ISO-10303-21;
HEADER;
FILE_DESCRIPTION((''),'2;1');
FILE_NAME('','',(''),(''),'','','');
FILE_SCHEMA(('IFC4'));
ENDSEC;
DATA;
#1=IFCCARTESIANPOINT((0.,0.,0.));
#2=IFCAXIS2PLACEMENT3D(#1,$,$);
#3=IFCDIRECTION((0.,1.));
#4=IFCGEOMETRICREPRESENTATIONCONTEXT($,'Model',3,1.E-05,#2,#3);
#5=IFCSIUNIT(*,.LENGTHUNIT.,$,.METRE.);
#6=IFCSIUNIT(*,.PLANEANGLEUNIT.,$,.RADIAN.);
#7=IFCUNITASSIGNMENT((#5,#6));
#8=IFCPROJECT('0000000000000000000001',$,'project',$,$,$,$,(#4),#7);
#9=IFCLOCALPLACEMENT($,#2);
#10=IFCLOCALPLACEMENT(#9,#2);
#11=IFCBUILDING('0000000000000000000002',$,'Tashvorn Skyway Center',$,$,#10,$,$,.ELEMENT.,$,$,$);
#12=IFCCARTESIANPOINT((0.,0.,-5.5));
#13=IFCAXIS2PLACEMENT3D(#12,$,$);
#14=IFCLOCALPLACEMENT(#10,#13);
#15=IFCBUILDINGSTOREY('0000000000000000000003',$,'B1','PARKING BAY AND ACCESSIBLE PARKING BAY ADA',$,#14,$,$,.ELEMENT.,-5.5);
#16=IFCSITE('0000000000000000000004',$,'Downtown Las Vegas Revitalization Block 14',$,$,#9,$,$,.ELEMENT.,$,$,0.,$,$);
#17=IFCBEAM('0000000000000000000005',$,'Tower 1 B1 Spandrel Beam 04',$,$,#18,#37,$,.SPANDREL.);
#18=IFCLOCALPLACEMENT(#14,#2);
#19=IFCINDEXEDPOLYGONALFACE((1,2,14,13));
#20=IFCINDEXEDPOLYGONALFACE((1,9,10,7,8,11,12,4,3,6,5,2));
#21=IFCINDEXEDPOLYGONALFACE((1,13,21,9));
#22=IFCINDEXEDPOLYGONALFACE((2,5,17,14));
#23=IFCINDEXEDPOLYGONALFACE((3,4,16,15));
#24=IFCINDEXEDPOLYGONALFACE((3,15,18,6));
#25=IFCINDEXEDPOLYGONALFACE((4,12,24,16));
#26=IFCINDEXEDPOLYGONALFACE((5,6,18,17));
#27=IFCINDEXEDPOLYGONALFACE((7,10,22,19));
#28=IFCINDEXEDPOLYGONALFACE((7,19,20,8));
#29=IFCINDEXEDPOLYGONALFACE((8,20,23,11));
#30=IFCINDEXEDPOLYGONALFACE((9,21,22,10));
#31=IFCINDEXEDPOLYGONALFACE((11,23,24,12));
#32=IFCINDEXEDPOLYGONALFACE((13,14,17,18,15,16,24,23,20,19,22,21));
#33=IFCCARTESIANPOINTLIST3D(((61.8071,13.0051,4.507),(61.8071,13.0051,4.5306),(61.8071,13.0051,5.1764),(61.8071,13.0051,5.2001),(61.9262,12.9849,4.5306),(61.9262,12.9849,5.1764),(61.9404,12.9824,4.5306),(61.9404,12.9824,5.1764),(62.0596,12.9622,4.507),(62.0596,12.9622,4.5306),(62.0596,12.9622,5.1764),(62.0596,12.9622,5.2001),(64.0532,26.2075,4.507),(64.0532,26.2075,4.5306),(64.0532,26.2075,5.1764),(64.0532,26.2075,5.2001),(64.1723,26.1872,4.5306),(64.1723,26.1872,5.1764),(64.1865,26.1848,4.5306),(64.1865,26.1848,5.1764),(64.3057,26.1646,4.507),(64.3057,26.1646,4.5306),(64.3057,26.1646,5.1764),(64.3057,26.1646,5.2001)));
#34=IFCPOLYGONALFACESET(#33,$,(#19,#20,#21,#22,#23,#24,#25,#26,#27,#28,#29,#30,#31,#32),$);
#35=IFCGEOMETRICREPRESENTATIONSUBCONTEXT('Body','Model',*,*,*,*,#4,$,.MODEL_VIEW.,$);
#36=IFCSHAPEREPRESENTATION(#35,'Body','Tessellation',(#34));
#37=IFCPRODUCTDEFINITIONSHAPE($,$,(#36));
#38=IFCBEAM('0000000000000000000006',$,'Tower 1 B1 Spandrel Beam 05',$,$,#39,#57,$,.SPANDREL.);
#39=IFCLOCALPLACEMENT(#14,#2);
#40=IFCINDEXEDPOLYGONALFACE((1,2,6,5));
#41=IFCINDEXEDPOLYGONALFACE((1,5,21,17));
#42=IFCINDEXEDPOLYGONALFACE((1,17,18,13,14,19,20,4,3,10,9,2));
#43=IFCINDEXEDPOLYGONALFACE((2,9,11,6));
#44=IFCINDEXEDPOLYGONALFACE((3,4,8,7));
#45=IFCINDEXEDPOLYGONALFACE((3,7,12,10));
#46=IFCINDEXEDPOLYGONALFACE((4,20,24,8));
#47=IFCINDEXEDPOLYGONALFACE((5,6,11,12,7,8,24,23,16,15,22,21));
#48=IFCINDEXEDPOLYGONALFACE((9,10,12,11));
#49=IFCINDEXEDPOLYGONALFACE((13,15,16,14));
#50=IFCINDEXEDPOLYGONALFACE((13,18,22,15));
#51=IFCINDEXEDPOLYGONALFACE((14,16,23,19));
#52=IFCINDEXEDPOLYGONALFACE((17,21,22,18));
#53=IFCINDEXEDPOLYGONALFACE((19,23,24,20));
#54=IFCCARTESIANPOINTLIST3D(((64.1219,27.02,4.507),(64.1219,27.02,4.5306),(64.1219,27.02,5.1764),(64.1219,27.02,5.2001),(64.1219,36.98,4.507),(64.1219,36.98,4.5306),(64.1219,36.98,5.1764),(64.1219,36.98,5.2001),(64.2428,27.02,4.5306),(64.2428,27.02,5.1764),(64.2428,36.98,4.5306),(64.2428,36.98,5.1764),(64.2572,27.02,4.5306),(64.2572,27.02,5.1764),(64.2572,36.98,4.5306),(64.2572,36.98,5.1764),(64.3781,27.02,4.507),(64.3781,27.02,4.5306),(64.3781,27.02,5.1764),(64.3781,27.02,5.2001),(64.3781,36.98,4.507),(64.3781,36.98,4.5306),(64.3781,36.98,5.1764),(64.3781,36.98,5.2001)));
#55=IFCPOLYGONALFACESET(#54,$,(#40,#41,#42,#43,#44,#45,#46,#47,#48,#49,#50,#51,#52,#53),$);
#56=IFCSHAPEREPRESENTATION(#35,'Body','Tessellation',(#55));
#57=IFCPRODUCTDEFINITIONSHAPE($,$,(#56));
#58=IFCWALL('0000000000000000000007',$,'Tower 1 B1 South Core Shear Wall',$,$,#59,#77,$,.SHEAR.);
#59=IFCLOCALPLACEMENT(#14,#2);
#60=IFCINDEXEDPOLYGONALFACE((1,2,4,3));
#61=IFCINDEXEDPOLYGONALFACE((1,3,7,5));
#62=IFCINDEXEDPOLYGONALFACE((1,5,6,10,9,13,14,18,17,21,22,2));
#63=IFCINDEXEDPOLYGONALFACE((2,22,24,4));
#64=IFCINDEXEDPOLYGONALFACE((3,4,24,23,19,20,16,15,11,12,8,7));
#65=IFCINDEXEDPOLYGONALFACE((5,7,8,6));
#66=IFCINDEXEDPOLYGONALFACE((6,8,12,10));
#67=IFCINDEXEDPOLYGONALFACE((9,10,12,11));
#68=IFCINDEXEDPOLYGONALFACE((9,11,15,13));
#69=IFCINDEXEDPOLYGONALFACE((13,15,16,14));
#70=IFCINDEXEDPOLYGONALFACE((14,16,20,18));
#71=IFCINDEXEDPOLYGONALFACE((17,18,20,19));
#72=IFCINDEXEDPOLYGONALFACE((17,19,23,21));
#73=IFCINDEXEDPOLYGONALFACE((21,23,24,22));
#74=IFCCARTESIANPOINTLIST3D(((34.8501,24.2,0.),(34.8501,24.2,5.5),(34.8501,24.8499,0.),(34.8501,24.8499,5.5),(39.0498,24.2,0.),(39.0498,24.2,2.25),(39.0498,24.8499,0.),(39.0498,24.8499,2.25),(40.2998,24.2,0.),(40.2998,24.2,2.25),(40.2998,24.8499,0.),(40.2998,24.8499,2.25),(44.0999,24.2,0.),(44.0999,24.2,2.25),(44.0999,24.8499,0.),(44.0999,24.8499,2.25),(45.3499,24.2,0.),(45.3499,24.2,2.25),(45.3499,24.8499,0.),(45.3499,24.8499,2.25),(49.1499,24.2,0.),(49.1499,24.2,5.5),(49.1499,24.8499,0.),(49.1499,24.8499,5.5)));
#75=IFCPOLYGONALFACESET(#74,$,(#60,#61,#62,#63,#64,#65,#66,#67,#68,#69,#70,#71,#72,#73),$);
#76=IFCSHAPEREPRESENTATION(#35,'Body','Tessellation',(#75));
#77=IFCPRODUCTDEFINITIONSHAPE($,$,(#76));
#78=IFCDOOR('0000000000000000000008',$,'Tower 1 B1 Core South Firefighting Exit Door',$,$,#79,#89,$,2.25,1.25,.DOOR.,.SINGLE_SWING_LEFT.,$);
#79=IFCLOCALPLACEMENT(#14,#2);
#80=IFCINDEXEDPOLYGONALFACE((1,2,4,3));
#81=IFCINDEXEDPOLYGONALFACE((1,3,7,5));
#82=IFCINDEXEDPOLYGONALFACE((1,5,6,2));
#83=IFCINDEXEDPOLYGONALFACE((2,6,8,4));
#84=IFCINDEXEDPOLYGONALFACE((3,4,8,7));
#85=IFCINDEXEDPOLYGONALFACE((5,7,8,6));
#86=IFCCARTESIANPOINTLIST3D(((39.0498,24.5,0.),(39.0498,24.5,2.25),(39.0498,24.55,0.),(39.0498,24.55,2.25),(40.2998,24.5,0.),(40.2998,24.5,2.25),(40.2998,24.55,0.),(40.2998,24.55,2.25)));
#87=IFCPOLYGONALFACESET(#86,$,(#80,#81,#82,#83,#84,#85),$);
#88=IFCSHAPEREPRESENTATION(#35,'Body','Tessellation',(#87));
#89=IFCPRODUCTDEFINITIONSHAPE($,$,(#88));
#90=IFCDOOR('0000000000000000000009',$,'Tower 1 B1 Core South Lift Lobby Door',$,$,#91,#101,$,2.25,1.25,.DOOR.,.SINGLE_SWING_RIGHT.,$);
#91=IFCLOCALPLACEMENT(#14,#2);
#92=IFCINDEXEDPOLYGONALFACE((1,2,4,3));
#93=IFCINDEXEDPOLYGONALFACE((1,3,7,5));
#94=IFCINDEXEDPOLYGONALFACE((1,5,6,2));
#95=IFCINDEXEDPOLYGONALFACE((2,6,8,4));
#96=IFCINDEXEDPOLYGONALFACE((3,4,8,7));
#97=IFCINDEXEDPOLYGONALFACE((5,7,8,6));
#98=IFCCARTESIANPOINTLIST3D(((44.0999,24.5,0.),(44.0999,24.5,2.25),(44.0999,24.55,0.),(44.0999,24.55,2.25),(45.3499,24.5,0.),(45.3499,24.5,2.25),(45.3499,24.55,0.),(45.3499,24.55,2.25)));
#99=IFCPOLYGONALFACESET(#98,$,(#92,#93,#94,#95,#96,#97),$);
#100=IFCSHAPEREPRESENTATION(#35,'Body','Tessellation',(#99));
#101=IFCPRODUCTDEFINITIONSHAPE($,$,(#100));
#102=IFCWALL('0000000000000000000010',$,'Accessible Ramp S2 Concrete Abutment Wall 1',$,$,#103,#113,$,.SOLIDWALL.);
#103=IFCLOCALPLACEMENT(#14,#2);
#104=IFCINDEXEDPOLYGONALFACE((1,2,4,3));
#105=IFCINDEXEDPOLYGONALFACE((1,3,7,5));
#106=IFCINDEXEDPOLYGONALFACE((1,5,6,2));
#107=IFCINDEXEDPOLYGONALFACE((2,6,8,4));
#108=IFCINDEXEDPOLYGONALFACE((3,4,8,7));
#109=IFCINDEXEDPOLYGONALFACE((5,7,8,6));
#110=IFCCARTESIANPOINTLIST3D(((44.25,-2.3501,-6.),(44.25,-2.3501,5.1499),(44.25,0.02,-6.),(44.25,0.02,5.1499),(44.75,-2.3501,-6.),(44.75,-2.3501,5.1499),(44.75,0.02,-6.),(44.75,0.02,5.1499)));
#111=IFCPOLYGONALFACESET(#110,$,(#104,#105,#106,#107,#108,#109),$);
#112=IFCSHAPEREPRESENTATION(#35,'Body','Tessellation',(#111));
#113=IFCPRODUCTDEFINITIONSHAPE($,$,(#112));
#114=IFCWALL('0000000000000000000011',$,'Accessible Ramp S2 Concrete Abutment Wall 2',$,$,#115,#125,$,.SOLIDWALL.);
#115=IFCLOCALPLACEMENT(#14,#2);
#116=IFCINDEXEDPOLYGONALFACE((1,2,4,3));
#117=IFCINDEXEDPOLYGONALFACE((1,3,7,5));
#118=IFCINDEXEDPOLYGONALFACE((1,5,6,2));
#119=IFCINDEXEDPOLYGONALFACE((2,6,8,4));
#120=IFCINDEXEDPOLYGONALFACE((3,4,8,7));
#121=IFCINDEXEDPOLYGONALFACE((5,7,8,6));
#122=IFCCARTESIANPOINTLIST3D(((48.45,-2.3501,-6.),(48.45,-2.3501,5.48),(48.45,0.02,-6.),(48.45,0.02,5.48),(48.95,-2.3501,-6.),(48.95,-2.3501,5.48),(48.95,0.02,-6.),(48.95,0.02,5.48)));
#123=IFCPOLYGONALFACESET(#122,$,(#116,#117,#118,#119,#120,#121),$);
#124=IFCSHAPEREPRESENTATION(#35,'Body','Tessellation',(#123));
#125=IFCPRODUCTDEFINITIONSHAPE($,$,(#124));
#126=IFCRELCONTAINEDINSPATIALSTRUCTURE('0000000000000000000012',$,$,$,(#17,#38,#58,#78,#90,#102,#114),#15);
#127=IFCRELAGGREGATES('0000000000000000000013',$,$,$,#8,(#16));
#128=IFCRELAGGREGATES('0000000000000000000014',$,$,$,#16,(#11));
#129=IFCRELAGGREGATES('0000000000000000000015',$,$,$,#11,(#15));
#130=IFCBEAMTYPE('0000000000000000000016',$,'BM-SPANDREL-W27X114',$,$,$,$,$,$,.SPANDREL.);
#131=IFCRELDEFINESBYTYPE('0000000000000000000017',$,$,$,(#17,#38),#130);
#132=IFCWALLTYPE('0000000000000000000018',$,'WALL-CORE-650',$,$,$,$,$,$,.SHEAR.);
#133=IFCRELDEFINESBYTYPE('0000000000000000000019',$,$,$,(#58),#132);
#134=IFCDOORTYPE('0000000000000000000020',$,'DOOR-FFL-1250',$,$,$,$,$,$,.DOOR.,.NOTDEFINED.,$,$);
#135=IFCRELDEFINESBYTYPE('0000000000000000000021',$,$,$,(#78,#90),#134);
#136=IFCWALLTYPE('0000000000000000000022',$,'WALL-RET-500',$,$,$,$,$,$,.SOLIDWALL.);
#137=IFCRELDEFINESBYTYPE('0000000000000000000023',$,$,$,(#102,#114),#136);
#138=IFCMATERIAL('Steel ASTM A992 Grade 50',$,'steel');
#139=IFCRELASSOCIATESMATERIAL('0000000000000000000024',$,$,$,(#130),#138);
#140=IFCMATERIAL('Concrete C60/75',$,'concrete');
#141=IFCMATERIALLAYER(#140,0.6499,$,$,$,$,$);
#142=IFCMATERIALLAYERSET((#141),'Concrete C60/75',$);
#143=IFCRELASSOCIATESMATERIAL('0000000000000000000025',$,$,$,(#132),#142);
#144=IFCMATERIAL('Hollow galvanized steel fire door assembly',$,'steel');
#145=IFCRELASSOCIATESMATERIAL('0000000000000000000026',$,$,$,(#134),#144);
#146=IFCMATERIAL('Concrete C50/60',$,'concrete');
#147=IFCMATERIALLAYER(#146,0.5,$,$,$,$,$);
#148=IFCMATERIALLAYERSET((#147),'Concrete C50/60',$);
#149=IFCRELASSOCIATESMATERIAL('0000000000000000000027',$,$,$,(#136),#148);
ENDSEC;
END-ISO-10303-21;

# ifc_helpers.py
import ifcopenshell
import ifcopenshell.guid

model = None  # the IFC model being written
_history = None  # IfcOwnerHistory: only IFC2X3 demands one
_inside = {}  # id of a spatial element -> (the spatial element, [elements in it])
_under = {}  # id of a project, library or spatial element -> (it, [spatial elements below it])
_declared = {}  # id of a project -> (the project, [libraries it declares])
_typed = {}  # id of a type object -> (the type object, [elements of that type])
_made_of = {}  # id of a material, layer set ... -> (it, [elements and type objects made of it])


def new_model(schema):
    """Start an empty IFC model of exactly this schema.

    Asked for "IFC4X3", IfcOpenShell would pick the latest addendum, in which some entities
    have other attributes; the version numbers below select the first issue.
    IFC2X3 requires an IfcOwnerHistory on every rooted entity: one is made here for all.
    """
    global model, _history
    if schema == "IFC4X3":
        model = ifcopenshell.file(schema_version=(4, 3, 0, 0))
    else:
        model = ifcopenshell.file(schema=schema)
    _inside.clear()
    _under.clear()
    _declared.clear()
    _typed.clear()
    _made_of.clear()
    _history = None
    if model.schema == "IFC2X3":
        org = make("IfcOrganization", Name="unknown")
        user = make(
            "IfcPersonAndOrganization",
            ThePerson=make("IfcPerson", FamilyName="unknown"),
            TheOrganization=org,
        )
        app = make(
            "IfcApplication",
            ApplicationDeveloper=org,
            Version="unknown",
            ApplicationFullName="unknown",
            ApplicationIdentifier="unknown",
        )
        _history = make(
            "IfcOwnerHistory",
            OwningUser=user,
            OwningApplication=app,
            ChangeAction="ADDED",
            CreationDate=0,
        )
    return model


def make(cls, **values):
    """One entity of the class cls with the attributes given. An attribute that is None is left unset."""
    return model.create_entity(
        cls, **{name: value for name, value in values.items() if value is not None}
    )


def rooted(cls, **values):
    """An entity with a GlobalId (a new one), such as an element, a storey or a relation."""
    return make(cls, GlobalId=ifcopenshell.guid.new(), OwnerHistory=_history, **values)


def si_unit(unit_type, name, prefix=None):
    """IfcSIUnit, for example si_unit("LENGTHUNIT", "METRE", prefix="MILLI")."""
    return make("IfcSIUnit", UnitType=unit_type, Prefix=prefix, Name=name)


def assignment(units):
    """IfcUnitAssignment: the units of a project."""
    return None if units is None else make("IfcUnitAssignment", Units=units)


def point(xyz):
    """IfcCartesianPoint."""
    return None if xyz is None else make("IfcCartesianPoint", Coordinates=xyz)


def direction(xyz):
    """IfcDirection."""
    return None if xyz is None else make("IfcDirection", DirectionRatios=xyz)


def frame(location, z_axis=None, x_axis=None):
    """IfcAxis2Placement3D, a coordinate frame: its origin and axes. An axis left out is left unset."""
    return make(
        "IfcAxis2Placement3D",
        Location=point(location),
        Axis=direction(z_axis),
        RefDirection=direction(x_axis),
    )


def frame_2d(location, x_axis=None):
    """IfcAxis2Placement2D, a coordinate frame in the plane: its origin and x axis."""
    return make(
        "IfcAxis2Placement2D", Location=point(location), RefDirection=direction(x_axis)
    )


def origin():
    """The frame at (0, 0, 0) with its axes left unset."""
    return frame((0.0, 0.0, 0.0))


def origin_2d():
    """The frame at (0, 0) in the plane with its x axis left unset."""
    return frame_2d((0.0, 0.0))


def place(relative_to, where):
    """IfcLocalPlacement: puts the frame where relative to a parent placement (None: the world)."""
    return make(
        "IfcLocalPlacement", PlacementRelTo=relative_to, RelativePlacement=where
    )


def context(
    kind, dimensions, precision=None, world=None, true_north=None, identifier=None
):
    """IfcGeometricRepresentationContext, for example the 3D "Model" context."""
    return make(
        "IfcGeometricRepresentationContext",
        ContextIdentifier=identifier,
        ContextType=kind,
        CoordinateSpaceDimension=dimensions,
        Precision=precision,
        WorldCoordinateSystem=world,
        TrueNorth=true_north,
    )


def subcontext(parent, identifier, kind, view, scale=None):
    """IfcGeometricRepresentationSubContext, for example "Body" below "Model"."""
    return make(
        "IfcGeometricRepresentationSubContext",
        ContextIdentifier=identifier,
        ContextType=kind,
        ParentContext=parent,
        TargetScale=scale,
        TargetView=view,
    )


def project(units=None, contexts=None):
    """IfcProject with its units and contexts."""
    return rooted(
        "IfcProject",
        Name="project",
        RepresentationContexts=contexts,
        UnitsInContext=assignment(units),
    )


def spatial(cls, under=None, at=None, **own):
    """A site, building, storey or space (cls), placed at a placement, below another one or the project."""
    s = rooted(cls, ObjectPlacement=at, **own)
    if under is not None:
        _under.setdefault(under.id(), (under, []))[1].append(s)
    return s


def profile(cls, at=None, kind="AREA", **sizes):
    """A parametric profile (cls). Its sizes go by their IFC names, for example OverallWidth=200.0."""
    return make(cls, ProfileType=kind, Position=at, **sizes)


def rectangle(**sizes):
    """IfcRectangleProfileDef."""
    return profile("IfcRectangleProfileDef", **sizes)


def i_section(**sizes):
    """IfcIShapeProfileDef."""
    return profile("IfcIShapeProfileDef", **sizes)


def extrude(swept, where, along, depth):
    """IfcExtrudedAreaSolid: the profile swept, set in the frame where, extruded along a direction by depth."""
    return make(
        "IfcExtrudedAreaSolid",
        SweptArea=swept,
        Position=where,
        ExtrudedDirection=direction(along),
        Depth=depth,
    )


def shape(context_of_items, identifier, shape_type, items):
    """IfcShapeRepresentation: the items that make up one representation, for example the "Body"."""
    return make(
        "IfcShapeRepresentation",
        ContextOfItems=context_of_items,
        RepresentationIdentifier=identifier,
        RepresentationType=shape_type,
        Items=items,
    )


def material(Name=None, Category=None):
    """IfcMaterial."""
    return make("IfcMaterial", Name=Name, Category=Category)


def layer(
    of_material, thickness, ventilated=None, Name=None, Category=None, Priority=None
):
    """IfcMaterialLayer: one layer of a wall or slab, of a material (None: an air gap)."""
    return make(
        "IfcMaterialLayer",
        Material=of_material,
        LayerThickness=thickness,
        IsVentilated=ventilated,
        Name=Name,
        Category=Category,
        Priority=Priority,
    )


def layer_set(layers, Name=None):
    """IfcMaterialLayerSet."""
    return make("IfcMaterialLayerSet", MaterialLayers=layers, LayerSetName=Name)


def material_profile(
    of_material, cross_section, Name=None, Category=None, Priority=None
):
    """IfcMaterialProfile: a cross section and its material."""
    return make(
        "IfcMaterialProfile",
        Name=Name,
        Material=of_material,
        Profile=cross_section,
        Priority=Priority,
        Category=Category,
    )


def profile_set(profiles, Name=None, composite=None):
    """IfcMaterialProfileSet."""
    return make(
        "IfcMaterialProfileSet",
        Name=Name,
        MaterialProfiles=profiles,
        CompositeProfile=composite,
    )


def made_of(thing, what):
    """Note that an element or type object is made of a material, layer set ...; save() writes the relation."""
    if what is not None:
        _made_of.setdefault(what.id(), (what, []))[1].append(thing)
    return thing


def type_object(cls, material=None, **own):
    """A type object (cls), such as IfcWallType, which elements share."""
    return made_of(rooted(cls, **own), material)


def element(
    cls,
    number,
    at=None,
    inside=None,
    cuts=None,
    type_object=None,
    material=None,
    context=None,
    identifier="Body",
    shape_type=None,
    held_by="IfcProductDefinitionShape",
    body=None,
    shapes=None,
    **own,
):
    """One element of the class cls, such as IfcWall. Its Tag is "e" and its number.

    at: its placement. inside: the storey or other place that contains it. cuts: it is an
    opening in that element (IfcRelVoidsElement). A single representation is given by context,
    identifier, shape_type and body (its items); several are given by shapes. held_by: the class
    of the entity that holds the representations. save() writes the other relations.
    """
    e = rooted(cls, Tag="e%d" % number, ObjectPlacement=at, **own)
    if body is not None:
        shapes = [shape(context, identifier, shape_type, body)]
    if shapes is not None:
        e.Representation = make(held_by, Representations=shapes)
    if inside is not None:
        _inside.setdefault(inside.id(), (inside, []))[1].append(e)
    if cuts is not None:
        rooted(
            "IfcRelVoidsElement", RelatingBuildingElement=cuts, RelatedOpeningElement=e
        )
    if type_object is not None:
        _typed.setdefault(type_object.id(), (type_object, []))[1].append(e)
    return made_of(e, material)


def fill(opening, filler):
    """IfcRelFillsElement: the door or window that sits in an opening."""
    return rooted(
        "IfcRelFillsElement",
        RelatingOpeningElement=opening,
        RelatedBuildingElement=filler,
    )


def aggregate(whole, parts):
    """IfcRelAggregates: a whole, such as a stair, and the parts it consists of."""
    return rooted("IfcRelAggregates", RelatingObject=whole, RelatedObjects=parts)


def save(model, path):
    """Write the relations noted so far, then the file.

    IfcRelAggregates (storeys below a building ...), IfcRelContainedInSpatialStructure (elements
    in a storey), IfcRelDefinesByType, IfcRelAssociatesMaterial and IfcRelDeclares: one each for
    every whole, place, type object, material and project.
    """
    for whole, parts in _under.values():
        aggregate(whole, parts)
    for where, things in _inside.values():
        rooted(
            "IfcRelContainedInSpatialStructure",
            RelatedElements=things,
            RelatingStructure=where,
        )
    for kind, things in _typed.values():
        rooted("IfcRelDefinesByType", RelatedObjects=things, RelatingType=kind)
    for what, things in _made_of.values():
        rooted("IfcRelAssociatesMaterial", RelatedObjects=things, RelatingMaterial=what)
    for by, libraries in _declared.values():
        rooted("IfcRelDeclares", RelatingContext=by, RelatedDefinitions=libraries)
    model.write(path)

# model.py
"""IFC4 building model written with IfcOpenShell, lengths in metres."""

from ifc_helpers import new_model, si_unit, direction, frame, frame_2d, origin, origin_2d, place, context, subcontext, project, spatial, rectangle, i_section, extrude, material, layer, layer_set, material_profile, profile_set, type_object, element, fill, save


model = new_model("IFC4")

# Units and contexts
model_context = context("Model", 3, precision=1e-05, world=origin(), true_north=direction((0.0, 1.0)))
body_context = subcontext(model_context, "Body", "Model", "MODEL_VIEW")
ifc_project = project(units=[si_unit("LENGTHUNIT", "METRE"), si_unit("PLANEANGLEUNIT", "RADIAN")], contexts=[model_context])

# Site, building, storey
site_placement = place(None, origin())
site = spatial("IfcSite", under=ifc_project, at=site_placement, Name="Downtown Las Vegas Revitalization Block 14", CompositionType="ELEMENT", RefElevation=0.0)
building_placement = place(site_placement, origin())
building = spatial("IfcBuilding", under=site, at=building_placement, Name="Tashvorn Skyway Center", CompositionType="ELEMENT")
storey_placement = place(building_placement, frame((0.0, 0.0, -5.5)))
storey = spatial("IfcBuildingStorey", under=building, at=storey_placement, Name="B1", Description="PARKING BAY AND ACCESSIBLE PARKING BAY ADA", CompositionType="ELEMENT", Elevation=-5.5)

# Beams
ifc_material_1 = material(Name="Steel ASTM A992 Grade 50", Category="steel")
ifc_material_profile_1 = material_profile(ifc_material_1, i_section(OverallWidth=0.2561, OverallDepth=0.6931, WebThickness=0.0144, FlangeThickness=0.0237, at=origin_2d()), Name="W27X114")
ifc_profile_set_1 = profile_set([ifc_material_profile_1], Name="Steel ASTM A992 Grade 50")
beam_type_1 = type_object("IfcBeamType", Name="BM-SPANDREL-W27X114", PredefinedType="SPANDREL", material=ifc_profile_set_1)
for number, where, z_axis, x_axis, name in (
    (1, (61.9333, 12.9836, 4.8535), (0.167718, 0.985835, 0.0), (-0.985835, 0.167718, 0.0), "Tower 1 B1 Spandrel Beam 04"),
):
    element("IfcBeam", number, at=place(storey_placement, frame(where, z_axis=z_axis, x_axis=x_axis)), inside=storey, type_object=beam_type_1, Name=name, PredefinedType="SPANDREL", context=body_context, shape_type="SweptSolid", body=[
        extrude(i_section(OverallWidth=0.2561, OverallDepth=0.6931, WebThickness=0.0144, FlangeThickness=0.0237, at=origin_2d()), origin(), (0.0, 0.0, 1.0), 13.3921),
    ])
beam_1_placement = place(storey_placement, frame((64.25, 27.02, 4.8535), z_axis=(0.0, 1.0, 0.0), x_axis=(-1.0, 0.0, 0.0)))
element("IfcBeam", 2, at=beam_1_placement, inside=storey, type_object=beam_type_1, Name="Tower 1 B1 Spandrel Beam 05", PredefinedType="SPANDREL", context=body_context, shape_type="SweptSolid", body=[
    extrude(i_section(OverallWidth=0.2561, OverallDepth=0.6931, WebThickness=0.0144, FlangeThickness=0.0237, at=origin_2d()), origin(), (0.0, 0.0, 1.0), 9.96),
])

# Wall, openings, doors
ifc_material_2 = material(Name="Concrete C60/75", Category="concrete")
ifc_layer_1 = layer(ifc_material_2, 0.6499)
ifc_layer_set_1 = layer_set([ifc_layer_1], Name="Concrete C60/75")
wall_type_1 = type_object("IfcWallType", Name="WALL-CORE-650", PredefinedType="SHEAR", material=ifc_layer_set_1)
wall_1_placement = place(storey_placement, frame((49.1499, 24.5249, 0.0), z_axis=(0.0, 0.0, 1.0), x_axis=(-1.0, 0.0, 0.0)))
wall_1 = element("IfcWall", 3, at=wall_1_placement, inside=storey, type_object=wall_type_1, Name="Tower 1 B1 South Core Shear Wall", PredefinedType="SHEAR", context=body_context, shape_type="SweptSolid", body=[
    extrude(rectangle(XDim=14.2998, YDim=0.6499, at=frame_2d((7.1499, 0.0))), origin(), (0.0, 0.0, 1.0), 5.5),
])
opening_1_placement = place(wall_1_placement, frame((8.8501, 0.0, 0.0)))
opening_1 = element("IfcOpeningElement", 4, at=opening_1_placement, cuts=wall_1, PredefinedType="OPENING", context=body_context, shape_type="SweptSolid", body=[
    extrude(rectangle(XDim=1.25, YDim=2.25, at=frame_2d((0.625, 1.125))), frame((0.0, 0.335, 0.0), z_axis=(0.0, -1.0, 0.0), x_axis=(1.0, 0.0, 0.0)), (0.0, 0.0, 1.0), 0.6699),
])
opening_2_placement = place(wall_1_placement, frame((3.8, 0.0, 0.0)))
opening_2 = element("IfcOpeningElement", 5, at=opening_2_placement, cuts=wall_1, PredefinedType="OPENING", context=body_context, shape_type="SweptSolid", body=[
    extrude(rectangle(XDim=1.25, YDim=2.25, at=frame_2d((0.625, 1.125))), frame((0.0, 0.335, 0.0), z_axis=(0.0, -1.0, 0.0), x_axis=(1.0, 0.0, 0.0)), (0.0, 0.0, 1.0), 0.6699),
])
ifc_material_3 = material(Name="Hollow galvanized steel fire door assembly", Category="steel")
door_type_1 = type_object("IfcDoorType", Name="DOOR-FFL-1250", OperationType="NOTDEFINED", PredefinedType="DOOR", material=ifc_material_3)
door_1_placement = place(opening_1_placement, origin())
door_1 = element("IfcDoor", 6, at=door_1_placement, inside=storey, type_object=door_type_1, Name="Tower 1 B1 Core South Firefighting Exit Door", OperationType="SINGLE_SWING_LEFT", OverallHeight=2.25, OverallWidth=1.25, PredefinedType="DOOR", context=body_context, shape_type="SweptSolid", body=[
    extrude(rectangle(XDim=1.25, YDim=2.25, at=frame_2d((0.625, 1.125))), frame((0.0, 0.0249, 0.0), z_axis=(0.0, -1.0, 0.0), x_axis=(1.0, 0.0, 0.0)), (0.0, 0.0, 1.0), 0.05),
])
fill(opening_1, door_1)
door_2_placement = place(opening_2_placement, origin())
door_2 = element("IfcDoor", 7, at=door_2_placement, inside=storey, type_object=door_type_1, Name="Tower 1 B1 Core South Lift Lobby Door", OperationType="SINGLE_SWING_RIGHT", OverallHeight=2.25, OverallWidth=1.25, PredefinedType="DOOR", context=body_context, shape_type="SweptSolid", body=[
    extrude(rectangle(XDim=1.25, YDim=2.25, at=frame_2d((0.625, 1.125))), frame((0.0, 0.0249, 0.0), z_axis=(0.0, -1.0, 0.0), x_axis=(1.0, 0.0, 0.0)), (0.0, 0.0, 1.0), 0.05),
])
fill(opening_2, door_2)

# Walls
ifc_material_4 = material(Name="Concrete C50/60", Category="concrete")
ifc_layer_2 = layer(ifc_material_4, 0.5)
ifc_layer_set_2 = layer_set([ifc_layer_2], Name="Concrete C50/60")
wall_type_2 = type_object("IfcWallType", Name="WALL-RET-500", PredefinedType="SOLIDWALL", material=ifc_layer_set_2)
wall_2_placement = place(storey_placement, frame((44.5, -2.3501, -6.0), z_axis=(0.0, 0.0, 1.0), x_axis=(0.0, 1.0, 0.0)))
element("IfcWall", 8, at=wall_2_placement, inside=storey, type_object=wall_type_2, Name="Accessible Ramp S2 Concrete Abutment Wall 1", PredefinedType="SOLIDWALL", context=body_context, shape_type="SweptSolid", body=[
    extrude(rectangle(XDim=2.3701, YDim=0.5, at=frame_2d((1.1851, 0.0))), origin(), (0.0, 0.0, 1.0), 11.1499),
])
wall_3_placement = place(storey_placement, frame((48.7, -2.3501, -6.0), z_axis=(0.0, 0.0, 1.0), x_axis=(0.0, 1.0, 0.0)))
element("IfcWall", 9, at=wall_3_placement, inside=storey, type_object=wall_type_2, Name="Accessible Ramp S2 Concrete Abutment Wall 2", PredefinedType="SOLIDWALL", context=body_context, shape_type="SweptSolid", body=[
    extrude(rectangle(XDim=2.3701, YDim=0.5, at=frame_2d((1.1851, 0.0))), origin(), (0.0, 0.0, 1.0), 11.48),
])

save(model, "model.ifc")
